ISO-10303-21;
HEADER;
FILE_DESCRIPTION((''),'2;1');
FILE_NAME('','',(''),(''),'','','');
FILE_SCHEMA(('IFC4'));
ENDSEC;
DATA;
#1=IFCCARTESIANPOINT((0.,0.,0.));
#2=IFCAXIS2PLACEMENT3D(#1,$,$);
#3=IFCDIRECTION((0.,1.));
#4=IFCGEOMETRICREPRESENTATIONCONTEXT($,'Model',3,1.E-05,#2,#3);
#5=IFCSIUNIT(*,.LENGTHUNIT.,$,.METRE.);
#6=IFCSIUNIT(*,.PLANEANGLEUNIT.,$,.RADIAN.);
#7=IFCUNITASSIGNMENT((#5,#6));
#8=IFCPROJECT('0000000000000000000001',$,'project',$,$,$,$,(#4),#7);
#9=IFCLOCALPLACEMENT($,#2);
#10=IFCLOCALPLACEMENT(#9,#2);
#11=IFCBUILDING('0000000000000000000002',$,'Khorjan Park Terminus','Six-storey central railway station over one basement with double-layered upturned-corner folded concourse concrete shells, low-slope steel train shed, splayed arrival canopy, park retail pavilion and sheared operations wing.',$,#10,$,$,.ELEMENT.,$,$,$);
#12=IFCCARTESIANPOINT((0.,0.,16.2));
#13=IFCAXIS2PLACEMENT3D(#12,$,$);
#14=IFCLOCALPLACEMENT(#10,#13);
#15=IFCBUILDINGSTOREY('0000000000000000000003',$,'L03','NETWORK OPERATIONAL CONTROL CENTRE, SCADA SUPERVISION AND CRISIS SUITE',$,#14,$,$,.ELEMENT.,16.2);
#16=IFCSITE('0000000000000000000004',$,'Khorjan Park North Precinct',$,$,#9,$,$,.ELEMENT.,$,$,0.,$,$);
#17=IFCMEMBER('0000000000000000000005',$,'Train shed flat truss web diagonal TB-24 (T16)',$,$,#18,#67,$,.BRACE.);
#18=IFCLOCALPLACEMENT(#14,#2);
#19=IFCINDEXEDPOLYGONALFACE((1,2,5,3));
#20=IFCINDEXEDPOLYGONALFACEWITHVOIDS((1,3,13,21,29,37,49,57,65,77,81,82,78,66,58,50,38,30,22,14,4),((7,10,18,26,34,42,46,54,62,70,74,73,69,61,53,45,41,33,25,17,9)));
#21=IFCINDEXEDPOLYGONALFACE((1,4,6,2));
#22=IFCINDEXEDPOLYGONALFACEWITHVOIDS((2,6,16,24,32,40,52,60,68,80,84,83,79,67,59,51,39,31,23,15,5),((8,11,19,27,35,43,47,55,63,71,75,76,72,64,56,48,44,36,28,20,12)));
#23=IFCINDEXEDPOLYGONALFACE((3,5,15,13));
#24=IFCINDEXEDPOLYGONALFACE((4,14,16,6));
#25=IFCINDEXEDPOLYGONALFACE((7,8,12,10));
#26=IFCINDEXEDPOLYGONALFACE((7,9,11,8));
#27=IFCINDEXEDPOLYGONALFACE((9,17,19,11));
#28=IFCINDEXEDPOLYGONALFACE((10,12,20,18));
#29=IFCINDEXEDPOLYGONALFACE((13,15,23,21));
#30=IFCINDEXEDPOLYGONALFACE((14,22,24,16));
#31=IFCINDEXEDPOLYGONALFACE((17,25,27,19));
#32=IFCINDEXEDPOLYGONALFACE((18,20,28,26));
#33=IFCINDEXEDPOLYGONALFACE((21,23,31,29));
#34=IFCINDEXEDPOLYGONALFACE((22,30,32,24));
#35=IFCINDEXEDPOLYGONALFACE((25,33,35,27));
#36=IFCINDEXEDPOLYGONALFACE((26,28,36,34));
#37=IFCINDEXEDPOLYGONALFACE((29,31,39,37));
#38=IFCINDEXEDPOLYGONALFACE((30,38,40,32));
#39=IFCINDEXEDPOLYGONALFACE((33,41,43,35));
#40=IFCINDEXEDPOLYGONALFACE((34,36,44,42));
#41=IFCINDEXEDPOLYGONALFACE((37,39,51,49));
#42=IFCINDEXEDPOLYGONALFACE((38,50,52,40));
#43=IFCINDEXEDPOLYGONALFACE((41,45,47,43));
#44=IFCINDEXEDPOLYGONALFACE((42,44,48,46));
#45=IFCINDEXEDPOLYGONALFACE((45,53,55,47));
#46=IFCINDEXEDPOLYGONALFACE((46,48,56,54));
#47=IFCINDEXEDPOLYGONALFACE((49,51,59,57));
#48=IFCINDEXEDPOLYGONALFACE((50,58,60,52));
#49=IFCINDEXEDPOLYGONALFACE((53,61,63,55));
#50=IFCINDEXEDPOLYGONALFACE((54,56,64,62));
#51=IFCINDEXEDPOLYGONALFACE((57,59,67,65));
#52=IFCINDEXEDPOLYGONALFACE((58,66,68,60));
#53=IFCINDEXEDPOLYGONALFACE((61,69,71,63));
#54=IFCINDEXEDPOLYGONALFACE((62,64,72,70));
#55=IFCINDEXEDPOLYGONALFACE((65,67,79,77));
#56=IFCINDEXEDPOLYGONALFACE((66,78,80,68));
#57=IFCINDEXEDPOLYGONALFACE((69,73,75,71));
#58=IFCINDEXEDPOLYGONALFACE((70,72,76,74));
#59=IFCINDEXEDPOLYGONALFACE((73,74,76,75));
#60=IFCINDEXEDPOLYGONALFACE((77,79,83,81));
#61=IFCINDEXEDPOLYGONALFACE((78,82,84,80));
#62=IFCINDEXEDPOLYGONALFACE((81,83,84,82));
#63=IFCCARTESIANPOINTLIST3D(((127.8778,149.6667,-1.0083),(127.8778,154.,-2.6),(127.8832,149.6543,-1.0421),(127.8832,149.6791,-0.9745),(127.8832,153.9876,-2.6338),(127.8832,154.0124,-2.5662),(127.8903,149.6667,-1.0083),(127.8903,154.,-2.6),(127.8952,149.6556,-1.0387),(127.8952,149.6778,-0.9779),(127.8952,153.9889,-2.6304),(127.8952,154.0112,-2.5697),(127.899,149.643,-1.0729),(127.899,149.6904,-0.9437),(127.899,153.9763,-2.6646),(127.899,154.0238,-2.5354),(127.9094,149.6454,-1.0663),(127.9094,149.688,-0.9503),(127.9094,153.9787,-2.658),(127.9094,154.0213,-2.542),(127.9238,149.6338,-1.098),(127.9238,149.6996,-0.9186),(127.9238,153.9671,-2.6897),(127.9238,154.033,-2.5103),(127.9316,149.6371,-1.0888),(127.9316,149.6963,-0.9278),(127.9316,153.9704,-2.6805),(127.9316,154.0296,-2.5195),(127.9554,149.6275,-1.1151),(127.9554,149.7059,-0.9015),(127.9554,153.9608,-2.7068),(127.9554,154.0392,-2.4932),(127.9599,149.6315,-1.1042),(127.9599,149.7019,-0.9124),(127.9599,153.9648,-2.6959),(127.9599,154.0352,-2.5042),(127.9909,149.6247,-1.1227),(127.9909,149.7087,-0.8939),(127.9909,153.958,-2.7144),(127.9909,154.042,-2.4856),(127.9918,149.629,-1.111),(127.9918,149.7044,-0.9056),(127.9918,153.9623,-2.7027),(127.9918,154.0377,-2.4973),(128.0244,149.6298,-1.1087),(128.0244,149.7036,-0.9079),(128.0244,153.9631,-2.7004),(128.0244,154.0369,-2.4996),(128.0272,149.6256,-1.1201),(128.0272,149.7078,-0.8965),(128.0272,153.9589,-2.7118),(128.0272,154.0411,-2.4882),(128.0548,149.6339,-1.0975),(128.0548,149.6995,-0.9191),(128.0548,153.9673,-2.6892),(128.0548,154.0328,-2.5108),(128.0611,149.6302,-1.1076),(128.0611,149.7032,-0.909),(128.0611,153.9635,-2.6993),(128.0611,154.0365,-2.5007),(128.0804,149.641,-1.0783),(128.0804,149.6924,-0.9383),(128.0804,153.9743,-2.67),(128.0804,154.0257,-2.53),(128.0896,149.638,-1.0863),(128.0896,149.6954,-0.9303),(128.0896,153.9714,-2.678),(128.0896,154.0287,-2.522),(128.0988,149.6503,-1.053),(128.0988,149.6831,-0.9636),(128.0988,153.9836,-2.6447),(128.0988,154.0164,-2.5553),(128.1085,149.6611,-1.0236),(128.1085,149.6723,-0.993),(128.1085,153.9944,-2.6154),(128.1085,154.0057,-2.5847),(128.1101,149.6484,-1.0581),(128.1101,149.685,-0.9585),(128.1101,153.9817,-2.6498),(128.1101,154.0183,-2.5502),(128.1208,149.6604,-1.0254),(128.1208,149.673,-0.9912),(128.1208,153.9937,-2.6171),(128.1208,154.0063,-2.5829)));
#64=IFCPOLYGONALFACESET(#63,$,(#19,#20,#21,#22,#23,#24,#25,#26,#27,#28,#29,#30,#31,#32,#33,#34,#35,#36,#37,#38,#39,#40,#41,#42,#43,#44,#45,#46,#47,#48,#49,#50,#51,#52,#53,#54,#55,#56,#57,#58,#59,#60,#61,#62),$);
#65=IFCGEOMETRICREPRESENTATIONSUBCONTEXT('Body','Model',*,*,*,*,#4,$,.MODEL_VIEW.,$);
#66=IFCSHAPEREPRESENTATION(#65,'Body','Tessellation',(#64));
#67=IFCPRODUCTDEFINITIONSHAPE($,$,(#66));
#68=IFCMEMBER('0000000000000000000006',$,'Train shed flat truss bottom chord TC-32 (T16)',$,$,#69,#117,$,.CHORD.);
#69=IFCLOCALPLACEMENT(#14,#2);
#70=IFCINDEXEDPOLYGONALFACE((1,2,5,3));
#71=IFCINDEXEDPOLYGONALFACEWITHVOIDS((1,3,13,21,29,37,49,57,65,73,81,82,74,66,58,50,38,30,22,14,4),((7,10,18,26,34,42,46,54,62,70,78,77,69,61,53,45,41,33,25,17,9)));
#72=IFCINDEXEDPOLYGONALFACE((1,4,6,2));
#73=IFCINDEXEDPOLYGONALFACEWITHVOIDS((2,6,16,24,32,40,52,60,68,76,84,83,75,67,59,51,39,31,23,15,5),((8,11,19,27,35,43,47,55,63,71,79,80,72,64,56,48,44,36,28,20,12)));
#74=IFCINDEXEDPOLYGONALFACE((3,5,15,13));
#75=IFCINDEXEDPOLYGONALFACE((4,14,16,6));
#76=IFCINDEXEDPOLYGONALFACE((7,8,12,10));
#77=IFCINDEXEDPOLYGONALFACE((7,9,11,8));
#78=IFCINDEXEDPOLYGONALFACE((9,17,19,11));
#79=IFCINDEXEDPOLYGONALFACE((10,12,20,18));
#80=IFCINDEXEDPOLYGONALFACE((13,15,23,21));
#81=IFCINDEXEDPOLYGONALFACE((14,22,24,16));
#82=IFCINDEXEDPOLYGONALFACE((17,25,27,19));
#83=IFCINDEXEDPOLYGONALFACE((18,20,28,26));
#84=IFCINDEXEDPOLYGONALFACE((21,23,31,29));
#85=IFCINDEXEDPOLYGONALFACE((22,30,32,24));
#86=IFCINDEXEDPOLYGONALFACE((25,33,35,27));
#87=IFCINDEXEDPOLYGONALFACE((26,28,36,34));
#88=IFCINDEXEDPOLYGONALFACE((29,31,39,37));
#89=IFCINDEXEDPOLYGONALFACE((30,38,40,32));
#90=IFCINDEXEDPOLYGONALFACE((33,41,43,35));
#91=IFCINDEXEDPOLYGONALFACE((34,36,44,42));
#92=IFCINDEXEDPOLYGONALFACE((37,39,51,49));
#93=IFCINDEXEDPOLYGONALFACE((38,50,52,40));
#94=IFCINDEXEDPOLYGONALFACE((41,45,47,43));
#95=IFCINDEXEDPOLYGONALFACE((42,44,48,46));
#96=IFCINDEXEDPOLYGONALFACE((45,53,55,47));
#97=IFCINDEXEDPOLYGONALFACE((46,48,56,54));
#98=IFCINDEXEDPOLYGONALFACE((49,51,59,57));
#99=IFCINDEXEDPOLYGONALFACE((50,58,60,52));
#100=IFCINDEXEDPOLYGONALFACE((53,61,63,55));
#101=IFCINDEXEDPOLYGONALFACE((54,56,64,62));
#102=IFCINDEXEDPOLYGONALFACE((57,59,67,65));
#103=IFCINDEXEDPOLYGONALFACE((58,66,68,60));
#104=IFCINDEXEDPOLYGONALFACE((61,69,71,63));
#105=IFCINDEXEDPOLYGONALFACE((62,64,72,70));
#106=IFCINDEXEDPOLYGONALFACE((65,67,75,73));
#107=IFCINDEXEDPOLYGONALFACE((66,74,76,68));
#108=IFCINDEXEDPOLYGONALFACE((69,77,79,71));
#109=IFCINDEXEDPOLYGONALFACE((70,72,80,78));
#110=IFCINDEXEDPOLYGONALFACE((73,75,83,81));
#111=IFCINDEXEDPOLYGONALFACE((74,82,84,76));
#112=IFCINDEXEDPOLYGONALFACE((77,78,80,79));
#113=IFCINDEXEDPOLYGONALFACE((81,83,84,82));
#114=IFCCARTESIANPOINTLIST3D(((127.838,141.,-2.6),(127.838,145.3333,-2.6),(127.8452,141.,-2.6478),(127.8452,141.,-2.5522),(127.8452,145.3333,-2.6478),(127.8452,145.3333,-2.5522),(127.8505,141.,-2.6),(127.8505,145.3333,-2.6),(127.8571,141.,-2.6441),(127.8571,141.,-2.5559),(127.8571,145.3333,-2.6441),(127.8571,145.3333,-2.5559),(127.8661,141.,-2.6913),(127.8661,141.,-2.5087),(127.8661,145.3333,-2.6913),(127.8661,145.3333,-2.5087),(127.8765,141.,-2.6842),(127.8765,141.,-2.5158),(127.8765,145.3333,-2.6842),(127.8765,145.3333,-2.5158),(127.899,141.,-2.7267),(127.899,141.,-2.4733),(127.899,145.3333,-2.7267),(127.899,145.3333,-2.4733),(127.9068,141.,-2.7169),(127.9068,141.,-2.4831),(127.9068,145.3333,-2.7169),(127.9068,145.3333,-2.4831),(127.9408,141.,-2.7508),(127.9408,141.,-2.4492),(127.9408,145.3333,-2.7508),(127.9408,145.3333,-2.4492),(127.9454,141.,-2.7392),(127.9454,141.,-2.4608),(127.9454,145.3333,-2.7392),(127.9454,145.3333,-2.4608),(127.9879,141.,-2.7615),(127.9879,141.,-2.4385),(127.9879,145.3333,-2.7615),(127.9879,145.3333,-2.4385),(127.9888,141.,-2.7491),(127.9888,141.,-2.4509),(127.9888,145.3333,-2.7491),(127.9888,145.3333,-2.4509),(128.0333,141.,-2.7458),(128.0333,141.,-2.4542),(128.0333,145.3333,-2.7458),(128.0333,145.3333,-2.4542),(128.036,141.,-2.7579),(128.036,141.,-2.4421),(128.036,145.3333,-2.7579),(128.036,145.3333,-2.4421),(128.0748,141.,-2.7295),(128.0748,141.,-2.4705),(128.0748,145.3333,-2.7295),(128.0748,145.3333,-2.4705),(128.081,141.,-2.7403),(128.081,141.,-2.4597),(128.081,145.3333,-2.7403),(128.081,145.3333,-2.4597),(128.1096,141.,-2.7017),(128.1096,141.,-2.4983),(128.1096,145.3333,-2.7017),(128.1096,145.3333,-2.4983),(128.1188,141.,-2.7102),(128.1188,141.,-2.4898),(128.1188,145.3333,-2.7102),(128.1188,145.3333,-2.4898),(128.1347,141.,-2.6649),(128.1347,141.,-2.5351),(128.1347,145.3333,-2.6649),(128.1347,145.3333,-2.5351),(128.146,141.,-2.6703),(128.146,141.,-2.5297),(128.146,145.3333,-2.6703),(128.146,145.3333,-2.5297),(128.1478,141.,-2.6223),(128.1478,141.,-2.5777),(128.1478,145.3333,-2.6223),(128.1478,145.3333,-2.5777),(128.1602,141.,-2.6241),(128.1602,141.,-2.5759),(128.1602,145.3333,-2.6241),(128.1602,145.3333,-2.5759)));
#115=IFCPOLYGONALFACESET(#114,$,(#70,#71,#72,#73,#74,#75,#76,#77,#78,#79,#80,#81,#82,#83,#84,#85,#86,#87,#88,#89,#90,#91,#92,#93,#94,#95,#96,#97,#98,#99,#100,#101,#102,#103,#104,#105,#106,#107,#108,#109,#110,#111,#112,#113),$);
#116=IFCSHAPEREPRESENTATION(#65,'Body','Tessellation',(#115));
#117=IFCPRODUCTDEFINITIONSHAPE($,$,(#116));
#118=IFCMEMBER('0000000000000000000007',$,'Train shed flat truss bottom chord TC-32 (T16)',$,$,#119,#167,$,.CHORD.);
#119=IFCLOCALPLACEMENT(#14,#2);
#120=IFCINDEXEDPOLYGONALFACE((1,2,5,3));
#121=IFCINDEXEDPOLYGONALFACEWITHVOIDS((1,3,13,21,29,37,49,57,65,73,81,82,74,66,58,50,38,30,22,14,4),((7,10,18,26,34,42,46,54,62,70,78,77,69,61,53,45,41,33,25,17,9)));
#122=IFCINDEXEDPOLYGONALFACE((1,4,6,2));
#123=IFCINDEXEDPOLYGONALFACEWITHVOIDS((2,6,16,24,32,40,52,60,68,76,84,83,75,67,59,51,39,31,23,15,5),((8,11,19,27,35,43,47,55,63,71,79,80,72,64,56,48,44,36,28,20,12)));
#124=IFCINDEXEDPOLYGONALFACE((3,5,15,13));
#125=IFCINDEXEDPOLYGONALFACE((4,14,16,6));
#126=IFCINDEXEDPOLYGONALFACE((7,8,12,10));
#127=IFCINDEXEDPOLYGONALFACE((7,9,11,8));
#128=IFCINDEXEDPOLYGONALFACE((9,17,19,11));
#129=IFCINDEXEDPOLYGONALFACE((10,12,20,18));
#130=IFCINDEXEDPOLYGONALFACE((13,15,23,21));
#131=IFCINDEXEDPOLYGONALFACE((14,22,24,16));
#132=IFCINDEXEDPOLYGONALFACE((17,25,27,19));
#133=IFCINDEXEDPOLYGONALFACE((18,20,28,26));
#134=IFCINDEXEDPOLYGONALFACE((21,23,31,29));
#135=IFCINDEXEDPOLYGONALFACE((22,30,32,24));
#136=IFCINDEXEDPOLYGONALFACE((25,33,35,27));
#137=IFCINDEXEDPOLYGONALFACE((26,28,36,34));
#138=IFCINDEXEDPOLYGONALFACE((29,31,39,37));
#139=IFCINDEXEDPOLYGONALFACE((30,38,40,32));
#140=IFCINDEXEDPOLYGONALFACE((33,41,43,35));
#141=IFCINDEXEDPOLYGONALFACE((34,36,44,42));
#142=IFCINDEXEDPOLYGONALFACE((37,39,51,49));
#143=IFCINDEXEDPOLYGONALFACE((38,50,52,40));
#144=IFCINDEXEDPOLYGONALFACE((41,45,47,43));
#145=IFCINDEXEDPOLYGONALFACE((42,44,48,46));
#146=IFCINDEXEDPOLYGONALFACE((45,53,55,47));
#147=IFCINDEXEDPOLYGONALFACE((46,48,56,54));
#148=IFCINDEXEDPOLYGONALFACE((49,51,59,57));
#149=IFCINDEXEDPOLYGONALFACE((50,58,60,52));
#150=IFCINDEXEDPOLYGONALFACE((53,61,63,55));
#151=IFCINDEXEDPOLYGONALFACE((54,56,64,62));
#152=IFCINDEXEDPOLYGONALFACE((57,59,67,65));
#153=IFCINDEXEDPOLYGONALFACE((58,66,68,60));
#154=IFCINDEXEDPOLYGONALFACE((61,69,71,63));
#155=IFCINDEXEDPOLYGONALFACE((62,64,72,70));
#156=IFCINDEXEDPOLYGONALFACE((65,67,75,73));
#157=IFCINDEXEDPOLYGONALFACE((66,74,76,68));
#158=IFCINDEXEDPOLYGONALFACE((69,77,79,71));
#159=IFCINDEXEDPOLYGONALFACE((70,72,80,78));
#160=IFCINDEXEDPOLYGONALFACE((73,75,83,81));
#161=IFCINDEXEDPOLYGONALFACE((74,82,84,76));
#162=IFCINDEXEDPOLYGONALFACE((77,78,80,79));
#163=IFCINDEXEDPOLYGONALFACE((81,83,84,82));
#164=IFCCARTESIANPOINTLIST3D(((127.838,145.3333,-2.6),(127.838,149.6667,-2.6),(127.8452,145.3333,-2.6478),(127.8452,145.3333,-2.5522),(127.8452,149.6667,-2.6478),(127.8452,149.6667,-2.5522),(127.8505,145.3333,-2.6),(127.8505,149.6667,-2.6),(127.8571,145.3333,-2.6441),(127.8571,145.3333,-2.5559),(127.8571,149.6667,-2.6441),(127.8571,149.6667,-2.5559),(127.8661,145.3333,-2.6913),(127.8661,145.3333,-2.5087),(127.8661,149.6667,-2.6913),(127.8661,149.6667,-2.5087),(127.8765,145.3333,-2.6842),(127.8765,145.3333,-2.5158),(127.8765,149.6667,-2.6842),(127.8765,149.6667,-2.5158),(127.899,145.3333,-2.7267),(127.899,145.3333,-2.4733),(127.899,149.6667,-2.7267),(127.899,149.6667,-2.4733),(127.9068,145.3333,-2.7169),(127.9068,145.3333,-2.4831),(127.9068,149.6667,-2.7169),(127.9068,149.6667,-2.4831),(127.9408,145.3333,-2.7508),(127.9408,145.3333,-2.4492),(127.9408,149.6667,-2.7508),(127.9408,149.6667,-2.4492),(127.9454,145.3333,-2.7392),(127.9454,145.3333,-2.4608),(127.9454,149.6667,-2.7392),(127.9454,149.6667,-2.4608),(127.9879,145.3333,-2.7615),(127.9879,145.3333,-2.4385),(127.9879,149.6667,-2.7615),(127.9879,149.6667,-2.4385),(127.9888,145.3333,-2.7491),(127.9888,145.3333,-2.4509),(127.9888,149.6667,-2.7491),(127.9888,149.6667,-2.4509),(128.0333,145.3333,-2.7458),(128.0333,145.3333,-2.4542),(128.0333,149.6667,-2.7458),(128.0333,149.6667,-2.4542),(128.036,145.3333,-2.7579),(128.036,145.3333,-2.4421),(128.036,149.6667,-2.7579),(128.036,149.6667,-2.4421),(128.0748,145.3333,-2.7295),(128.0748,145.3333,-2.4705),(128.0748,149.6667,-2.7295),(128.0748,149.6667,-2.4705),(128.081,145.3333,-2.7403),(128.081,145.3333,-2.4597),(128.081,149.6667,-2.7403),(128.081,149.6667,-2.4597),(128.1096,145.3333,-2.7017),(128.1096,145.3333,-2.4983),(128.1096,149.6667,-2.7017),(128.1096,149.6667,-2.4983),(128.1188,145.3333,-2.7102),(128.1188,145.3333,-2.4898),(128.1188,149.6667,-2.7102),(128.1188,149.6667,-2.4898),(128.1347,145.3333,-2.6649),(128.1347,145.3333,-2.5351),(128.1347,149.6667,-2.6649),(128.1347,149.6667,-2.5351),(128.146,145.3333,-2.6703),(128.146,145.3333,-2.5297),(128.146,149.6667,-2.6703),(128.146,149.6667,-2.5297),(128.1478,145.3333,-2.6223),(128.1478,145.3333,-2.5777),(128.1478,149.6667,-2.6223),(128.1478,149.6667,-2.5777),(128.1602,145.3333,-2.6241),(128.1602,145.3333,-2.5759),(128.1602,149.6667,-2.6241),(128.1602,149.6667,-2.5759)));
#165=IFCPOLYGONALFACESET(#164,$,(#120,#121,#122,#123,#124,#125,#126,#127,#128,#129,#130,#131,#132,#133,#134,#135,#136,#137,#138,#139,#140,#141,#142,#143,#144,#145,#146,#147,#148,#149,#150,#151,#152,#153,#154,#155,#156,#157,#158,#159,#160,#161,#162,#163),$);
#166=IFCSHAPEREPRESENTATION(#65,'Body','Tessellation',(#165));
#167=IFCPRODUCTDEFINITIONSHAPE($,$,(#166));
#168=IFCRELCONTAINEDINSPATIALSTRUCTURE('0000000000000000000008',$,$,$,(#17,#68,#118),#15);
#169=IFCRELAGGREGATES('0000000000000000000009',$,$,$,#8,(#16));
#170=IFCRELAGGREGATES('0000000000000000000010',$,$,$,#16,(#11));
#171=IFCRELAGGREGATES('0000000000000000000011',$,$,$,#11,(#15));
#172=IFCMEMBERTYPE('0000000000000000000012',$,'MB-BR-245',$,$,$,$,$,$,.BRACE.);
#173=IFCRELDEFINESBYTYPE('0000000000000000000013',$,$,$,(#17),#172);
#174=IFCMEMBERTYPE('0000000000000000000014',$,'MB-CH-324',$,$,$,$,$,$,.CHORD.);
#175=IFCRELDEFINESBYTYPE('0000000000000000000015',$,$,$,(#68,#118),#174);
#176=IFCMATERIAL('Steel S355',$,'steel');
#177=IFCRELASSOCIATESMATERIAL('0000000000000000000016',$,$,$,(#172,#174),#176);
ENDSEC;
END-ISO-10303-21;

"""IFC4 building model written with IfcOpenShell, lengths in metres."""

from ifc_helpers import new_model, si_unit, direction, frame, origin, origin_2d, place, context, subcontext, project, spatial, hollow_circle, extrude, material, material_profile, profile_set, type_object, element, save


model = new_model("IFC4")

# Units and contexts
model_context = context("Model", 3, precision=1e-05, world=origin(), true_north=direction((0.0, 1.0)))
body_context = subcontext(model_context, "Body", "Model", "MODEL_VIEW")
ifc_project = project(units=[si_unit("LENGTHUNIT", "METRE"), si_unit("PLANEANGLEUNIT", "RADIAN")], contexts=[model_context])

# Site, building, storey
site_placement = place(None, origin())
site = spatial("IfcSite", under=ifc_project, at=site_placement, Name="Khorjan Park North Precinct", CompositionType="ELEMENT", RefElevation=0.0)
building_placement = place(site_placement, origin())
building = spatial("IfcBuilding", under=site, at=building_placement, Name="Khorjan Park Terminus", Description="Six-storey central railway station over one basement with double-layered upturned-corner folded concourse concrete shells, low-slope steel train shed, splayed arrival canopy, park retail pavilion and sheared operations wing.", CompositionType="ELEMENT")
storey_placement = place(building_placement, frame((0.0, 0.0, 16.2)))
storey = spatial("IfcBuildingStorey", under=building, at=storey_placement, Name="L03", Description="NETWORK OPERATIONAL CONTROL CENTRE, SCADA SUPERVISION AND CRISIS SUITE", CompositionType="ELEMENT", Elevation=16.2)

# Members
ifc_material = material(Name="Steel S355", Category="steel")
ifc_material_profile_1 = material_profile(ifc_material, hollow_circle(Radius=0.1222, WallThickness=0.0125, at=origin_2d()), Name="CHS 244.5x12.5")
ifc_profile_set_1 = profile_set([ifc_material_profile_1], Name="Steel S355")
member_type_1 = type_object("IfcMemberType", Name="MB-BR-245", PredefinedType="BRACE", material=ifc_profile_set_1)
member_1_placement = place(storey_placement, frame((128.0, 149.6667, -1.0083), z_axis=(0.0, 0.938678, -0.344794), x_axis=(-1.0, 0.0, 0.0)))
element("IfcMember", 1, at=member_1_placement, inside=storey, type_object=member_type_1, Name="Train shed flat truss web diagonal TB-24 (T16)", PredefinedType="BRACE", context=body_context, shape_type="SweptSolid", body=[
    extrude(hollow_circle(Radius=0.1222, WallThickness=0.0125, at=origin_2d()), origin(), (0.0, 0.0, 1.0), 4.6164),
])
ifc_material_profile_2 = material_profile(ifc_material, hollow_circle(Radius=0.162, WallThickness=0.0125, at=origin_2d()), Name="CHS 323.9x12.5")
ifc_profile_set_2 = profile_set([ifc_material_profile_2], Name="Steel S355")
member_type_2 = type_object("IfcMemberType", Name="MB-CH-324", PredefinedType="CHORD", material=ifc_profile_set_2)
member_2_placement = place(storey_placement, frame((128.0, 141.0, -2.6), z_axis=(0.0, 1.0, 0.0), x_axis=(-1.0, 0.0, 0.0)))
element("IfcMember", 2, at=member_2_placement, inside=storey, type_object=member_type_2, Name="Train shed flat truss bottom chord TC-32 (T16)", PredefinedType="CHORD", context=body_context, shape_type="SweptSolid", body=[
    extrude(hollow_circle(Radius=0.162, WallThickness=0.0125, at=origin_2d()), origin(), (0.0, 0.0, 1.0), 4.3333),
])
member_3_placement = place(storey_placement, frame((128.0, 145.3333, -2.6), z_axis=(0.0, 1.0, 0.0), x_axis=(-1.0, 0.0, 0.0)))
element("IfcMember", 3, at=member_3_placement, inside=storey, type_object=member_type_2, Name="Train shed flat truss bottom chord TC-32 (T16)", PredefinedType="CHORD", context=body_context, shape_type="SweptSolid", body=[
    extrude(hollow_circle(Radius=0.162, WallThickness=0.0125, at=origin_2d()), origin(), (0.0, 0.0, 1.0), 4.3334),
])

save(model, "model.ifc")
